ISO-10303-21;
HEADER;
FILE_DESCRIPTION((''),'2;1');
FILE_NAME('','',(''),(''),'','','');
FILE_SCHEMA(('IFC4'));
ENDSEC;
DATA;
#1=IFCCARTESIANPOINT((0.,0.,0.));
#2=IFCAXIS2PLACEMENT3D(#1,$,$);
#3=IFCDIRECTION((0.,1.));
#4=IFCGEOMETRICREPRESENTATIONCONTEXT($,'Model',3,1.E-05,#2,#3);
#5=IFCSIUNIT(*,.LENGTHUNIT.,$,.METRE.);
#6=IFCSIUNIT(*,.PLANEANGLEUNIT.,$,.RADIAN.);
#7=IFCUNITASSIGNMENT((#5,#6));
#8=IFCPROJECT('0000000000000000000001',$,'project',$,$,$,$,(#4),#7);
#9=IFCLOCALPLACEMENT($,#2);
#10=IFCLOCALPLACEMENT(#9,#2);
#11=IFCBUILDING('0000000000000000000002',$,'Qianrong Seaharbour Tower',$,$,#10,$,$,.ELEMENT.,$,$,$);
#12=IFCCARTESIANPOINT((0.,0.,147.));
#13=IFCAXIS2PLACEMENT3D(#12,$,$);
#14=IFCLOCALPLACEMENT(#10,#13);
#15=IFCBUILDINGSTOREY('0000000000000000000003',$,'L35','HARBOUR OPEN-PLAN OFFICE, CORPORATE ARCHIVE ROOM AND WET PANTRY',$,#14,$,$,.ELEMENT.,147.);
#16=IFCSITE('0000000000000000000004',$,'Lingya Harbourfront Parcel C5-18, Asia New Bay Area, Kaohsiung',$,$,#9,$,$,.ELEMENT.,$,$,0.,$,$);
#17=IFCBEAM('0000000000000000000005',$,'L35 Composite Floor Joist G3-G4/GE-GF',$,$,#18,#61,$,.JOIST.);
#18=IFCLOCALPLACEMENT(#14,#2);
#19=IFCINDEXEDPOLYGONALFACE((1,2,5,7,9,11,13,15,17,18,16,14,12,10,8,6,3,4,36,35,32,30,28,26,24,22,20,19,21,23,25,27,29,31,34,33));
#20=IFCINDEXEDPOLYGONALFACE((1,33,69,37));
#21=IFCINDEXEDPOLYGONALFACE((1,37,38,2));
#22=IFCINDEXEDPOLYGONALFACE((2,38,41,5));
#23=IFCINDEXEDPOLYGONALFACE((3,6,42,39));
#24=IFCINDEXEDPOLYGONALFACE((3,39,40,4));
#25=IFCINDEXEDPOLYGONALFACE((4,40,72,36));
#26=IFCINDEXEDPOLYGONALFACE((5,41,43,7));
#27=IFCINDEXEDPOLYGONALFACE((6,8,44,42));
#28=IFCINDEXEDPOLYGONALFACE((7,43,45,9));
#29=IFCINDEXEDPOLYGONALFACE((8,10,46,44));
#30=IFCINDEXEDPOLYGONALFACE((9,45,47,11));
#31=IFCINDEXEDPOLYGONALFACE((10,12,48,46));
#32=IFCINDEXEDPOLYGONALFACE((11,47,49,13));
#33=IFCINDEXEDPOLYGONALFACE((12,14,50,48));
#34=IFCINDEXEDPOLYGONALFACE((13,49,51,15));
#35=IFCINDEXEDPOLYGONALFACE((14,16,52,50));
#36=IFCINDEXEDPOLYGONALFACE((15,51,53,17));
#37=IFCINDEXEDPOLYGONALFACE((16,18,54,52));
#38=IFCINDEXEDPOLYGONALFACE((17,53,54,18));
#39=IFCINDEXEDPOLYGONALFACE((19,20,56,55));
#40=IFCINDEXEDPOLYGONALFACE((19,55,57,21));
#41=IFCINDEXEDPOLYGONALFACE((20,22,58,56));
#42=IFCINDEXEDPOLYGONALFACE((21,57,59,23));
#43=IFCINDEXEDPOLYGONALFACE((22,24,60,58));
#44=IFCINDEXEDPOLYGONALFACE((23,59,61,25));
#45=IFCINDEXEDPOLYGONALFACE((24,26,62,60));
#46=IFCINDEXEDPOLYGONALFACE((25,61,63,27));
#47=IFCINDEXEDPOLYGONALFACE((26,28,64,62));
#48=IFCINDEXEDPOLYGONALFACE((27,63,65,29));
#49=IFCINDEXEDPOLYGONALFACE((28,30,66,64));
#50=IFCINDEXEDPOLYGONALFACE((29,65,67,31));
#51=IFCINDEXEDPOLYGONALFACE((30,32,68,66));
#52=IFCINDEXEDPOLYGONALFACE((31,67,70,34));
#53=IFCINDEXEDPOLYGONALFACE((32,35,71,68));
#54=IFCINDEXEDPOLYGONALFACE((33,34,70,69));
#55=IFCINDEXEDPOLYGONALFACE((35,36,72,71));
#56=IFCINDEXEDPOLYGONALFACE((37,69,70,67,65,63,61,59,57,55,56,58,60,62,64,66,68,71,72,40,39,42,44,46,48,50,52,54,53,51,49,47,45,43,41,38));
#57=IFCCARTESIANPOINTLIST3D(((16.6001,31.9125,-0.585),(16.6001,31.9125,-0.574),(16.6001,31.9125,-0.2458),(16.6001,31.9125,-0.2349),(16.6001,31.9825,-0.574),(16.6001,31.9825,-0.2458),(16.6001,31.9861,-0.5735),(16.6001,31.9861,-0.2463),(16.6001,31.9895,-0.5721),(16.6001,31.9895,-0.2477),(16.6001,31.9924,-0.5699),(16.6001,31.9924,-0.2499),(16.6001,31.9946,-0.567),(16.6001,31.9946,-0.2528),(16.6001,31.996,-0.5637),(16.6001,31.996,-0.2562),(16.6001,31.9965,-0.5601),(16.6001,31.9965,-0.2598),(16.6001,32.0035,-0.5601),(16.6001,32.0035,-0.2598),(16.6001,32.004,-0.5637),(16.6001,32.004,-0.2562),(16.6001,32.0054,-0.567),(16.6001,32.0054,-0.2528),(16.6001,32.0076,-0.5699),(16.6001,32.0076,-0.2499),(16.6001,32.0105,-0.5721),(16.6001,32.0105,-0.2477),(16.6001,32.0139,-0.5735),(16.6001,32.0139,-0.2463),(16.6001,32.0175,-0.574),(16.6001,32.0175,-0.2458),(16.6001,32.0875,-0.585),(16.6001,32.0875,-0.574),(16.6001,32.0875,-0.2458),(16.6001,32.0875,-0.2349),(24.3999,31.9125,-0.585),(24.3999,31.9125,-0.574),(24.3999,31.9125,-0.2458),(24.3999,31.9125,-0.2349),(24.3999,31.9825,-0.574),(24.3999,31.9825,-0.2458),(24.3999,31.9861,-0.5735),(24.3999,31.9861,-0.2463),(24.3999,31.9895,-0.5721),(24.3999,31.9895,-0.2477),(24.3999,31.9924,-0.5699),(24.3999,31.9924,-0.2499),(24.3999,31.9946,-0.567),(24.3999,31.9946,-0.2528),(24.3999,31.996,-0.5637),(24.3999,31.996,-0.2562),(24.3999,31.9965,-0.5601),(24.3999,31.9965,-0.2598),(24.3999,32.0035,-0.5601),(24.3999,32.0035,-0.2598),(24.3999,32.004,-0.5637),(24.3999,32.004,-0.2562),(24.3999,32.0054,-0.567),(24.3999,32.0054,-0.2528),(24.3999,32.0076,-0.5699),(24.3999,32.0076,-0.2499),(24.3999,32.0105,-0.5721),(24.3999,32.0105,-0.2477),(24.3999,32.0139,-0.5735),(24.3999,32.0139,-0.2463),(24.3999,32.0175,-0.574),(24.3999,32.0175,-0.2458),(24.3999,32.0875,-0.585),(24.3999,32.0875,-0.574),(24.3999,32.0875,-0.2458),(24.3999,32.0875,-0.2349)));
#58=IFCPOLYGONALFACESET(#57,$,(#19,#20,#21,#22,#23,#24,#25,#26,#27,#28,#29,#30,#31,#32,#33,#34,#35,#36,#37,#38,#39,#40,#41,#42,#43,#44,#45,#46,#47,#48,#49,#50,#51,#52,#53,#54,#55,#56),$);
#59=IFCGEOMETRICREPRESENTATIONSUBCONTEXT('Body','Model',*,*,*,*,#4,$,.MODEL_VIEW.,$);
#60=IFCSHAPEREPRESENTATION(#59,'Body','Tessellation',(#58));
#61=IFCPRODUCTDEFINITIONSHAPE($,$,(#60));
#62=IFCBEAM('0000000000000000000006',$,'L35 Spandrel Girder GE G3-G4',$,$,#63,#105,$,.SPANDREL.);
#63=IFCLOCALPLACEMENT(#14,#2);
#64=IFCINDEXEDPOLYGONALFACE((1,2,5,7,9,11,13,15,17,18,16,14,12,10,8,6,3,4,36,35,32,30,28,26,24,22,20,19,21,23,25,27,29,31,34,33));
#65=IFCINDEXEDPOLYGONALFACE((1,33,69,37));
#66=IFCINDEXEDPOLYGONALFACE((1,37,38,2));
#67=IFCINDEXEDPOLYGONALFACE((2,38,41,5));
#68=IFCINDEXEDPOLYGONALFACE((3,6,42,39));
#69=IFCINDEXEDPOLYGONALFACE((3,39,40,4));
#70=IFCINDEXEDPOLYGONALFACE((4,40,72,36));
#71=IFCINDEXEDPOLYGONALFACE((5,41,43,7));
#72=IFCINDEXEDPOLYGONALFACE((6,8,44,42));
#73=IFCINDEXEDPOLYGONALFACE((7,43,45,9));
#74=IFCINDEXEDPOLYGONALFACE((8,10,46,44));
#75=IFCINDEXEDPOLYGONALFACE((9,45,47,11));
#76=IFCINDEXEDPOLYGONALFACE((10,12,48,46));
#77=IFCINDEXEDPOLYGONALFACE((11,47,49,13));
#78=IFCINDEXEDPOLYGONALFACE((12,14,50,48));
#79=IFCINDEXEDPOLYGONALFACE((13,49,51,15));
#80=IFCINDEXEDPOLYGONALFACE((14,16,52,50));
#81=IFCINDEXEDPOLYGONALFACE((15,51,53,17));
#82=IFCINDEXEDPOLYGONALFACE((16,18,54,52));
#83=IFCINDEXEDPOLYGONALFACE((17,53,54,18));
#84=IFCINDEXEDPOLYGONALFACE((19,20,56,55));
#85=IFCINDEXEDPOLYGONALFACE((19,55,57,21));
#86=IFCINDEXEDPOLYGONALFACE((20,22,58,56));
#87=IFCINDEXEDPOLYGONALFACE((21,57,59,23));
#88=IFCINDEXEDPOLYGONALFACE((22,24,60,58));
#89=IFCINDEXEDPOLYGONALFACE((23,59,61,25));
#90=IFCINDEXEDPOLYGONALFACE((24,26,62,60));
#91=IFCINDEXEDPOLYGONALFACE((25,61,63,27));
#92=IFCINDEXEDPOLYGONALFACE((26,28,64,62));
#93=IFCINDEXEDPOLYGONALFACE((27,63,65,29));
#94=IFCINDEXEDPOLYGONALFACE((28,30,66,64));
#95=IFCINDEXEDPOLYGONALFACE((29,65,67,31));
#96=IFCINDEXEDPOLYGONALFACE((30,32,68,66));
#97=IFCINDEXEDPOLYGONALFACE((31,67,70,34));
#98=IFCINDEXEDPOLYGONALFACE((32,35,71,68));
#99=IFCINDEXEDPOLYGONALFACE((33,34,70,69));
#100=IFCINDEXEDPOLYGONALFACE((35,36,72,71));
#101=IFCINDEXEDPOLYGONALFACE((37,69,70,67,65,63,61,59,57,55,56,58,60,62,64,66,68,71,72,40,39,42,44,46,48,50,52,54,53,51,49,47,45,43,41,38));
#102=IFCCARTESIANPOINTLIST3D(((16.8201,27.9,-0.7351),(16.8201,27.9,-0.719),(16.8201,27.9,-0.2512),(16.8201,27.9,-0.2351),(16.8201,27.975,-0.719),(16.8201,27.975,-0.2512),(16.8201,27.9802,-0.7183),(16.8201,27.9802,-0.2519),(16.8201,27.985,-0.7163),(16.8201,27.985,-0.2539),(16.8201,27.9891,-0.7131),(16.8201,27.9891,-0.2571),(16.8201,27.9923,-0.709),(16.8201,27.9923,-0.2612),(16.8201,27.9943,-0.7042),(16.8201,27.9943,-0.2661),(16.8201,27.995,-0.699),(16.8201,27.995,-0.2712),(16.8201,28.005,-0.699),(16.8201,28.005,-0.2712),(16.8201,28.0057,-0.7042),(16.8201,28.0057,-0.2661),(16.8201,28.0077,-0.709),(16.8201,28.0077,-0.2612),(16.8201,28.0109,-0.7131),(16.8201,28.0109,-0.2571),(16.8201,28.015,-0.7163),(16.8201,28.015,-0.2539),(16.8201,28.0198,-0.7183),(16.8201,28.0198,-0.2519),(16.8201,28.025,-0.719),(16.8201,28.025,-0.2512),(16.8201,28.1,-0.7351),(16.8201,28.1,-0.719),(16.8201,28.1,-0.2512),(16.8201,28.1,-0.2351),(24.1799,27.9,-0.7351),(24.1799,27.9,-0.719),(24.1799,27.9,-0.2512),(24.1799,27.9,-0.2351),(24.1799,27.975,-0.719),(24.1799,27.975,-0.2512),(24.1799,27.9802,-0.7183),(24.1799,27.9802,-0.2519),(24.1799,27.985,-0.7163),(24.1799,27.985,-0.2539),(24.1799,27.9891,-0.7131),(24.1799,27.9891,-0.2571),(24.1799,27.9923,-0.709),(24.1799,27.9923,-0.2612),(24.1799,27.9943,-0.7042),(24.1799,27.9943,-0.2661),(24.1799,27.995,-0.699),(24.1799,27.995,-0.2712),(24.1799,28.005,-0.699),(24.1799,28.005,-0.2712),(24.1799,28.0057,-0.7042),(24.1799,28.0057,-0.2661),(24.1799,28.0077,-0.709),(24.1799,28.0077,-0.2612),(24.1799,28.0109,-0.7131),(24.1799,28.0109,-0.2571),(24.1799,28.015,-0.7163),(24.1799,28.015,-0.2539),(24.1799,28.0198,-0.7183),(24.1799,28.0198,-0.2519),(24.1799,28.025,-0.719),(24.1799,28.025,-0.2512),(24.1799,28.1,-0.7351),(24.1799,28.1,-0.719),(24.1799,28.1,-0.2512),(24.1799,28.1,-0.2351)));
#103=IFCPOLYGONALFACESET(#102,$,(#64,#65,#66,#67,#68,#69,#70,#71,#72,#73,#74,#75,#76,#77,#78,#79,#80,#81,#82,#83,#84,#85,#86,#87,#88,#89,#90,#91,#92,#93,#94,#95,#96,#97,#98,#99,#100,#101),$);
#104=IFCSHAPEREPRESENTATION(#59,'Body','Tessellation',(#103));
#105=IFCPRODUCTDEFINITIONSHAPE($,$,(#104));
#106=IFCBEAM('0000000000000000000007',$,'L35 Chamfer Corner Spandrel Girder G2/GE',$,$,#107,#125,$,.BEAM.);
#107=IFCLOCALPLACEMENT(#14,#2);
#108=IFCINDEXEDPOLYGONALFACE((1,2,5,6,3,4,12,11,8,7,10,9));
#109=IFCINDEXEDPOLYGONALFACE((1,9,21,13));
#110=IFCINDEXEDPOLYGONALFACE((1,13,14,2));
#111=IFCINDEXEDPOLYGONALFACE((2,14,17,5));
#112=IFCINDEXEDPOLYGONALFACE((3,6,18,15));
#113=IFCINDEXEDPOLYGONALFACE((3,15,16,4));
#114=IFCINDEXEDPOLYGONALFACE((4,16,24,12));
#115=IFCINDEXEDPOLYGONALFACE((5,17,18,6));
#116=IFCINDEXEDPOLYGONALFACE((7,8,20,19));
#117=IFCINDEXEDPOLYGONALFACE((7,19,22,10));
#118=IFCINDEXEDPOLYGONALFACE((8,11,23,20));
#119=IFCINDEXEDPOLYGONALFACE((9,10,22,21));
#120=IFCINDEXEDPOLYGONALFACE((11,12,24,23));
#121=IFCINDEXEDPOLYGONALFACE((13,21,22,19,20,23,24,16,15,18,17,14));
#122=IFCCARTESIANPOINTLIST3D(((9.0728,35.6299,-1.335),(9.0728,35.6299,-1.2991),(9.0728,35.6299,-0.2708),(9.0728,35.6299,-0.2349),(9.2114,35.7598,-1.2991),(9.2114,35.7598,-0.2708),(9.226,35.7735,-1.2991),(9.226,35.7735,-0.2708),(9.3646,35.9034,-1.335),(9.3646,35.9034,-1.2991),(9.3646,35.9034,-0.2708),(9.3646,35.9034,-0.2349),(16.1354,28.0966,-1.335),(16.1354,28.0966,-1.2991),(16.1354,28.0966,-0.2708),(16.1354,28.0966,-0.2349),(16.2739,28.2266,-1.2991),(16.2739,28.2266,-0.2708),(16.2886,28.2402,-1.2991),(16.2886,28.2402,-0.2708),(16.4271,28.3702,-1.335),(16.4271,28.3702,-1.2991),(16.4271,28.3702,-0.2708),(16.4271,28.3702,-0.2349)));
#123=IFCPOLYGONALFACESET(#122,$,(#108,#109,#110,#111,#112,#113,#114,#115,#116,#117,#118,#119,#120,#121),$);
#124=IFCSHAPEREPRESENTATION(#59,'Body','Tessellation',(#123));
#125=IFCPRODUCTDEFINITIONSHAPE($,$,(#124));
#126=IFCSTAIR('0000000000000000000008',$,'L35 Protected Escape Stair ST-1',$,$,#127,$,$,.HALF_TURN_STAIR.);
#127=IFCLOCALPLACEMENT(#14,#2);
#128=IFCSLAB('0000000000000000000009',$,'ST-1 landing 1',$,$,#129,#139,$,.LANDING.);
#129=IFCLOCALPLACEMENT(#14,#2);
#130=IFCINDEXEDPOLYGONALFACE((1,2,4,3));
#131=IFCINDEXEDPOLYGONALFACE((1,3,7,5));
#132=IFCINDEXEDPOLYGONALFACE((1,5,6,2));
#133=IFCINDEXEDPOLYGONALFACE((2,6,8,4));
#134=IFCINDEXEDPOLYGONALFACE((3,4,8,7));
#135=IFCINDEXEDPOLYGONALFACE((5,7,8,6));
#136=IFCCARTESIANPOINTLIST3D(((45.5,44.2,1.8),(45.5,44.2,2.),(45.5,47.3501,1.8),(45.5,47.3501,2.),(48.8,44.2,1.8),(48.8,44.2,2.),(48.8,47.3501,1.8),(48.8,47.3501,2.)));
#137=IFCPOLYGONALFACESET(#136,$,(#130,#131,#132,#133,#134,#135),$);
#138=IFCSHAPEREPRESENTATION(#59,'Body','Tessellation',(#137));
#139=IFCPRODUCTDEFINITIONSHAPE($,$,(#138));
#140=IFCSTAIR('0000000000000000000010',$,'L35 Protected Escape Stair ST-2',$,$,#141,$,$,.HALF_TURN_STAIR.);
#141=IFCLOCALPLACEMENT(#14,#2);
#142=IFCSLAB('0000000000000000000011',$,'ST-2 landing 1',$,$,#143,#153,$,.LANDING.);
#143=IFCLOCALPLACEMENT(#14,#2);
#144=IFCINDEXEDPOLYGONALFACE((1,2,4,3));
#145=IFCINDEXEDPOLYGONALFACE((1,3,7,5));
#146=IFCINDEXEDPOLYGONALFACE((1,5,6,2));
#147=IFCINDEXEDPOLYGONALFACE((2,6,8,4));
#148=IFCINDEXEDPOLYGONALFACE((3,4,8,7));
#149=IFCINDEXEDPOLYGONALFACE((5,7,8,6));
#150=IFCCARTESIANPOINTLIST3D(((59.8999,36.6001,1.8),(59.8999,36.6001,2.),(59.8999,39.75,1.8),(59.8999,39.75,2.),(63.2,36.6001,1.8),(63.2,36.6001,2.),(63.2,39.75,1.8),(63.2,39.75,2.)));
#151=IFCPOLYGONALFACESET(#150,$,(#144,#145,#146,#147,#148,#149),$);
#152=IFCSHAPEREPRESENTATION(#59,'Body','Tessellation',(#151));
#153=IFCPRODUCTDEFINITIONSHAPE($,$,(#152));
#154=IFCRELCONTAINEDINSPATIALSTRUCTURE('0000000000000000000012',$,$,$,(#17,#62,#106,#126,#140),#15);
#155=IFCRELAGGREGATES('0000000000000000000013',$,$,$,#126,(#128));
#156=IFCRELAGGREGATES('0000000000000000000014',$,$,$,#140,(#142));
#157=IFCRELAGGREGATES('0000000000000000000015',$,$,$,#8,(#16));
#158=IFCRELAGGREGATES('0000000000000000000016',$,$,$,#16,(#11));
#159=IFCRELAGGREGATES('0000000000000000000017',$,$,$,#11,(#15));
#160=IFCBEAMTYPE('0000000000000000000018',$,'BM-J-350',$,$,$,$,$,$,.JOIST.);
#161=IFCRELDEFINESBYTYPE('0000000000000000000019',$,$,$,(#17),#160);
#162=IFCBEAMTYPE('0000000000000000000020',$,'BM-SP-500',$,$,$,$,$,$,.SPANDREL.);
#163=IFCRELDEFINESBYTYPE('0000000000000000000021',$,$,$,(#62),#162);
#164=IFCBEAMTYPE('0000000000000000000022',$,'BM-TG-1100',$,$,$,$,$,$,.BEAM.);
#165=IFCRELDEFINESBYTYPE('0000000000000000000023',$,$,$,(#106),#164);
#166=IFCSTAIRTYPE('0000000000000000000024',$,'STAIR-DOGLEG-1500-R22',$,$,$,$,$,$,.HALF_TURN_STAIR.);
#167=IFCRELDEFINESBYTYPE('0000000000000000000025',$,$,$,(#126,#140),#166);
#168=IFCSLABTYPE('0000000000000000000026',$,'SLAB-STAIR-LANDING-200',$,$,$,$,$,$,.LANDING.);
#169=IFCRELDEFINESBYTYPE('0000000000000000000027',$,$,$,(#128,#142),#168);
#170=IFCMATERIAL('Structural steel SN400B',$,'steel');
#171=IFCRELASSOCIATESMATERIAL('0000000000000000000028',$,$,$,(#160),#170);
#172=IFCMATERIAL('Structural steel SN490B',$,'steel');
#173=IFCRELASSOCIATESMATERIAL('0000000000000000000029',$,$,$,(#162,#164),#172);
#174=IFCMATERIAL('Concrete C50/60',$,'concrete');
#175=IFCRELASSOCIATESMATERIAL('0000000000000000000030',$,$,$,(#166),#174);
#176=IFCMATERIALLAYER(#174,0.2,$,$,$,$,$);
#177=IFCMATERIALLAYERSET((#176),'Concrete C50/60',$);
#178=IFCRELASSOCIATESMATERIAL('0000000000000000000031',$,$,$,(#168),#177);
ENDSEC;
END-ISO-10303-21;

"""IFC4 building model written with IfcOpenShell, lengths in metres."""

from ifc_helpers import new_model, si_unit, direction, frame, origin, origin_2d, place, context, subcontext, project, spatial, polyline, i_section, outline, extrude, material, layer, layer_set, material_profile, profile_set, type_object, element, aggregate, save


model = new_model("IFC4")

# Units and contexts
model_context = context("Model", 3, precision=1e-05, world=origin(), true_north=direction((0.0, 1.0)))
body_context = subcontext(model_context, "Body", "Model", "MODEL_VIEW")
ifc_project = project(units=[si_unit("LENGTHUNIT", "METRE"), si_unit("PLANEANGLEUNIT", "RADIAN")], contexts=[model_context])

# Site, building, storey
site_placement = place(None, origin())
site = spatial("IfcSite", under=ifc_project, at=site_placement, Name="Lingya Harbourfront Parcel C5-18, Asia New Bay Area, Kaohsiung", CompositionType="ELEMENT", RefElevation=0.0)
building_placement = place(site_placement, origin())
building = spatial("IfcBuilding", under=site, at=building_placement, Name="Qianrong Seaharbour Tower", CompositionType="ELEMENT")
storey_placement = place(building_placement, frame((0.0, 0.0, 147.0)))
storey = spatial("IfcBuildingStorey", under=building, at=storey_placement, Name="L35", Description="HARBOUR OPEN-PLAN OFFICE, CORPORATE ARCHIVE ROOM AND WET PANTRY", CompositionType="ELEMENT", Elevation=147.0)

# Shared definitions
ifc_material_1 = material(Name="Structural steel SN490B", Category="steel")

# Beams
ifc_material_2 = material(Name="Structural steel SN400B", Category="steel")
ifc_material_profile_1 = material_profile(ifc_material_2, i_section(OverallWidth=0.175, OverallDepth=0.3501, WebThickness=0.0071, FlangeThickness=0.011, FilletRadius=0.0139, at=origin_2d()), Name="H350x175x7x11")
ifc_profile_set_1 = profile_set([ifc_material_profile_1], Name="Structural steel SN400B")
beam_type_1 = type_object("IfcBeamType", Name="BM-J-350", PredefinedType="JOIST", material=ifc_profile_set_1)
beam_1_placement = place(storey_placement, frame((16.6001, 32.0, -0.4099), z_axis=(1.0, 0.0, 0.0), x_axis=(0.0, 1.0, 0.0)))
element("IfcBeam", 1, at=beam_1_placement, inside=storey, type_object=beam_type_1, Name="L35 Composite Floor Joist G3-G4/GE-GF", PredefinedType="JOIST", context=body_context, shape_type="SweptSolid", body=[
    extrude(i_section(OverallWidth=0.175, OverallDepth=0.3501, WebThickness=0.0071, FlangeThickness=0.011, FilletRadius=0.0139, at=origin_2d()), origin(), (0.0, 0.0, 1.0), 7.7998),
])
ifc_material_profile_2 = material_profile(ifc_material_1, i_section(OverallWidth=0.2, OverallDepth=0.5, WebThickness=0.01, FlangeThickness=0.0161, FilletRadius=0.02, at=origin_2d()), Name="H500x200x10x16")
ifc_profile_set_2 = profile_set([ifc_material_profile_2], Name="Structural steel SN490B")
beam_type_2 = type_object("IfcBeamType", Name="BM-SP-500", PredefinedType="SPANDREL", material=ifc_profile_set_2)
beam_2_placement = place(storey_placement, frame((16.8201, 28.0, -0.4851), z_axis=(1.0, 0.0, 0.0), x_axis=(0.0, 1.0, 0.0)))
element("IfcBeam", 2, at=beam_2_placement, inside=storey, type_object=beam_type_2, Name="L35 Spandrel Girder GE G3-G4", PredefinedType="SPANDREL", context=body_context, shape_type="SweptSolid", body=[
    extrude(i_section(OverallWidth=0.2, OverallDepth=0.5, WebThickness=0.01, FlangeThickness=0.0161, FilletRadius=0.02, at=origin_2d()), origin(), (0.0, 0.0, 1.0), 7.3599),
])
ifc_material_profile_3 = material_profile(ifc_material_1, i_section(OverallWidth=0.3999, OverallDepth=1.1001, WebThickness=0.02, FlangeThickness=0.0359, at=origin_2d()), Name="BH1100x400x20x36")
ifc_profile_set_3 = profile_set([ifc_material_profile_3], Name="Structural steel SN490B")
beam_type_3 = type_object("IfcBeamType", Name="BM-TG-1100", PredefinedType="BEAM", material=ifc_profile_set_3)
beam_3_placement = place(storey_placement, frame((16.2812, 28.2334, -0.7849), z_axis=(-0.683947, 0.729531, 0.0), x_axis=(-0.729531, -0.683947, 0.0)))
element("IfcBeam", 3, at=beam_3_placement, inside=storey, type_object=beam_type_3, Name="L35 Chamfer Corner Spandrel Girder G2/GE", PredefinedType="BEAM", context=body_context, shape_type="SweptSolid", body=[
    extrude(i_section(OverallWidth=0.3999, OverallDepth=1.1001, WebThickness=0.02, FlangeThickness=0.0359, at=origin_2d()), origin(), (0.0, 0.0, 1.0), 10.3262),
])

# Stairs, slabs
ifc_material_3 = material(Name="Concrete C50/60", Category="concrete")
stair_type = type_object("IfcStairType", Name="STAIR-DOGLEG-1500-R22", PredefinedType="HALF_TURN_STAIR", material=ifc_material_3)
stair_1_placement = place(storey_placement, origin())
stair_1 = element("IfcStair", 4, at=stair_1_placement, inside=storey, type_object=stair_type, Name="L35 Protected Escape Stair ST-1", PredefinedType="HALF_TURN_STAIR")
ifc_layer_1 = layer(ifc_material_3, 0.2)
ifc_layer_set_1 = layer_set([ifc_layer_1], Name="Concrete C50/60")
slab_type_1 = type_object("IfcSlabType", Name="SLAB-STAIR-LANDING-200", PredefinedType="LANDING", material=ifc_layer_set_1)
slab_1_placement = place(storey_placement, frame((0.0, 0.0, 1.8)))
slab_1 = element("IfcSlab", 5, at=slab_1_placement, type_object=slab_type_1, Name="ST-1 landing 1", PredefinedType="LANDING", context=body_context, shape_type="SweptSolid", body=[
    extrude(outline(polyline([(45.5, 44.2), (48.8, 44.2), (48.8, 47.3501), (45.5, 47.3501), (45.5, 44.2)])), origin(), (0.0, 0.0, 1.0), 0.2),
])
aggregate(stair_1, [slab_1])
stair_2_placement = place(storey_placement, origin())
stair_2 = element("IfcStair", 6, at=stair_2_placement, inside=storey, type_object=stair_type, Name="L35 Protected Escape Stair ST-2", PredefinedType="HALF_TURN_STAIR")
slab_2_placement = place(storey_placement, frame((0.0, 0.0, 1.8)))
slab_2 = element("IfcSlab", 7, at=slab_2_placement, type_object=slab_type_1, Name="ST-2 landing 1", PredefinedType="LANDING", context=body_context, shape_type="SweptSolid", body=[
    extrude(outline(polyline([(59.8999, 36.6001), (63.2, 36.6001), (63.2, 39.75), (59.8999, 39.75), (59.8999, 36.6001)])), origin(), (0.0, 0.0, 1.0), 0.2),
])
aggregate(stair_2, [slab_2])

save(model, "model.ifc")
